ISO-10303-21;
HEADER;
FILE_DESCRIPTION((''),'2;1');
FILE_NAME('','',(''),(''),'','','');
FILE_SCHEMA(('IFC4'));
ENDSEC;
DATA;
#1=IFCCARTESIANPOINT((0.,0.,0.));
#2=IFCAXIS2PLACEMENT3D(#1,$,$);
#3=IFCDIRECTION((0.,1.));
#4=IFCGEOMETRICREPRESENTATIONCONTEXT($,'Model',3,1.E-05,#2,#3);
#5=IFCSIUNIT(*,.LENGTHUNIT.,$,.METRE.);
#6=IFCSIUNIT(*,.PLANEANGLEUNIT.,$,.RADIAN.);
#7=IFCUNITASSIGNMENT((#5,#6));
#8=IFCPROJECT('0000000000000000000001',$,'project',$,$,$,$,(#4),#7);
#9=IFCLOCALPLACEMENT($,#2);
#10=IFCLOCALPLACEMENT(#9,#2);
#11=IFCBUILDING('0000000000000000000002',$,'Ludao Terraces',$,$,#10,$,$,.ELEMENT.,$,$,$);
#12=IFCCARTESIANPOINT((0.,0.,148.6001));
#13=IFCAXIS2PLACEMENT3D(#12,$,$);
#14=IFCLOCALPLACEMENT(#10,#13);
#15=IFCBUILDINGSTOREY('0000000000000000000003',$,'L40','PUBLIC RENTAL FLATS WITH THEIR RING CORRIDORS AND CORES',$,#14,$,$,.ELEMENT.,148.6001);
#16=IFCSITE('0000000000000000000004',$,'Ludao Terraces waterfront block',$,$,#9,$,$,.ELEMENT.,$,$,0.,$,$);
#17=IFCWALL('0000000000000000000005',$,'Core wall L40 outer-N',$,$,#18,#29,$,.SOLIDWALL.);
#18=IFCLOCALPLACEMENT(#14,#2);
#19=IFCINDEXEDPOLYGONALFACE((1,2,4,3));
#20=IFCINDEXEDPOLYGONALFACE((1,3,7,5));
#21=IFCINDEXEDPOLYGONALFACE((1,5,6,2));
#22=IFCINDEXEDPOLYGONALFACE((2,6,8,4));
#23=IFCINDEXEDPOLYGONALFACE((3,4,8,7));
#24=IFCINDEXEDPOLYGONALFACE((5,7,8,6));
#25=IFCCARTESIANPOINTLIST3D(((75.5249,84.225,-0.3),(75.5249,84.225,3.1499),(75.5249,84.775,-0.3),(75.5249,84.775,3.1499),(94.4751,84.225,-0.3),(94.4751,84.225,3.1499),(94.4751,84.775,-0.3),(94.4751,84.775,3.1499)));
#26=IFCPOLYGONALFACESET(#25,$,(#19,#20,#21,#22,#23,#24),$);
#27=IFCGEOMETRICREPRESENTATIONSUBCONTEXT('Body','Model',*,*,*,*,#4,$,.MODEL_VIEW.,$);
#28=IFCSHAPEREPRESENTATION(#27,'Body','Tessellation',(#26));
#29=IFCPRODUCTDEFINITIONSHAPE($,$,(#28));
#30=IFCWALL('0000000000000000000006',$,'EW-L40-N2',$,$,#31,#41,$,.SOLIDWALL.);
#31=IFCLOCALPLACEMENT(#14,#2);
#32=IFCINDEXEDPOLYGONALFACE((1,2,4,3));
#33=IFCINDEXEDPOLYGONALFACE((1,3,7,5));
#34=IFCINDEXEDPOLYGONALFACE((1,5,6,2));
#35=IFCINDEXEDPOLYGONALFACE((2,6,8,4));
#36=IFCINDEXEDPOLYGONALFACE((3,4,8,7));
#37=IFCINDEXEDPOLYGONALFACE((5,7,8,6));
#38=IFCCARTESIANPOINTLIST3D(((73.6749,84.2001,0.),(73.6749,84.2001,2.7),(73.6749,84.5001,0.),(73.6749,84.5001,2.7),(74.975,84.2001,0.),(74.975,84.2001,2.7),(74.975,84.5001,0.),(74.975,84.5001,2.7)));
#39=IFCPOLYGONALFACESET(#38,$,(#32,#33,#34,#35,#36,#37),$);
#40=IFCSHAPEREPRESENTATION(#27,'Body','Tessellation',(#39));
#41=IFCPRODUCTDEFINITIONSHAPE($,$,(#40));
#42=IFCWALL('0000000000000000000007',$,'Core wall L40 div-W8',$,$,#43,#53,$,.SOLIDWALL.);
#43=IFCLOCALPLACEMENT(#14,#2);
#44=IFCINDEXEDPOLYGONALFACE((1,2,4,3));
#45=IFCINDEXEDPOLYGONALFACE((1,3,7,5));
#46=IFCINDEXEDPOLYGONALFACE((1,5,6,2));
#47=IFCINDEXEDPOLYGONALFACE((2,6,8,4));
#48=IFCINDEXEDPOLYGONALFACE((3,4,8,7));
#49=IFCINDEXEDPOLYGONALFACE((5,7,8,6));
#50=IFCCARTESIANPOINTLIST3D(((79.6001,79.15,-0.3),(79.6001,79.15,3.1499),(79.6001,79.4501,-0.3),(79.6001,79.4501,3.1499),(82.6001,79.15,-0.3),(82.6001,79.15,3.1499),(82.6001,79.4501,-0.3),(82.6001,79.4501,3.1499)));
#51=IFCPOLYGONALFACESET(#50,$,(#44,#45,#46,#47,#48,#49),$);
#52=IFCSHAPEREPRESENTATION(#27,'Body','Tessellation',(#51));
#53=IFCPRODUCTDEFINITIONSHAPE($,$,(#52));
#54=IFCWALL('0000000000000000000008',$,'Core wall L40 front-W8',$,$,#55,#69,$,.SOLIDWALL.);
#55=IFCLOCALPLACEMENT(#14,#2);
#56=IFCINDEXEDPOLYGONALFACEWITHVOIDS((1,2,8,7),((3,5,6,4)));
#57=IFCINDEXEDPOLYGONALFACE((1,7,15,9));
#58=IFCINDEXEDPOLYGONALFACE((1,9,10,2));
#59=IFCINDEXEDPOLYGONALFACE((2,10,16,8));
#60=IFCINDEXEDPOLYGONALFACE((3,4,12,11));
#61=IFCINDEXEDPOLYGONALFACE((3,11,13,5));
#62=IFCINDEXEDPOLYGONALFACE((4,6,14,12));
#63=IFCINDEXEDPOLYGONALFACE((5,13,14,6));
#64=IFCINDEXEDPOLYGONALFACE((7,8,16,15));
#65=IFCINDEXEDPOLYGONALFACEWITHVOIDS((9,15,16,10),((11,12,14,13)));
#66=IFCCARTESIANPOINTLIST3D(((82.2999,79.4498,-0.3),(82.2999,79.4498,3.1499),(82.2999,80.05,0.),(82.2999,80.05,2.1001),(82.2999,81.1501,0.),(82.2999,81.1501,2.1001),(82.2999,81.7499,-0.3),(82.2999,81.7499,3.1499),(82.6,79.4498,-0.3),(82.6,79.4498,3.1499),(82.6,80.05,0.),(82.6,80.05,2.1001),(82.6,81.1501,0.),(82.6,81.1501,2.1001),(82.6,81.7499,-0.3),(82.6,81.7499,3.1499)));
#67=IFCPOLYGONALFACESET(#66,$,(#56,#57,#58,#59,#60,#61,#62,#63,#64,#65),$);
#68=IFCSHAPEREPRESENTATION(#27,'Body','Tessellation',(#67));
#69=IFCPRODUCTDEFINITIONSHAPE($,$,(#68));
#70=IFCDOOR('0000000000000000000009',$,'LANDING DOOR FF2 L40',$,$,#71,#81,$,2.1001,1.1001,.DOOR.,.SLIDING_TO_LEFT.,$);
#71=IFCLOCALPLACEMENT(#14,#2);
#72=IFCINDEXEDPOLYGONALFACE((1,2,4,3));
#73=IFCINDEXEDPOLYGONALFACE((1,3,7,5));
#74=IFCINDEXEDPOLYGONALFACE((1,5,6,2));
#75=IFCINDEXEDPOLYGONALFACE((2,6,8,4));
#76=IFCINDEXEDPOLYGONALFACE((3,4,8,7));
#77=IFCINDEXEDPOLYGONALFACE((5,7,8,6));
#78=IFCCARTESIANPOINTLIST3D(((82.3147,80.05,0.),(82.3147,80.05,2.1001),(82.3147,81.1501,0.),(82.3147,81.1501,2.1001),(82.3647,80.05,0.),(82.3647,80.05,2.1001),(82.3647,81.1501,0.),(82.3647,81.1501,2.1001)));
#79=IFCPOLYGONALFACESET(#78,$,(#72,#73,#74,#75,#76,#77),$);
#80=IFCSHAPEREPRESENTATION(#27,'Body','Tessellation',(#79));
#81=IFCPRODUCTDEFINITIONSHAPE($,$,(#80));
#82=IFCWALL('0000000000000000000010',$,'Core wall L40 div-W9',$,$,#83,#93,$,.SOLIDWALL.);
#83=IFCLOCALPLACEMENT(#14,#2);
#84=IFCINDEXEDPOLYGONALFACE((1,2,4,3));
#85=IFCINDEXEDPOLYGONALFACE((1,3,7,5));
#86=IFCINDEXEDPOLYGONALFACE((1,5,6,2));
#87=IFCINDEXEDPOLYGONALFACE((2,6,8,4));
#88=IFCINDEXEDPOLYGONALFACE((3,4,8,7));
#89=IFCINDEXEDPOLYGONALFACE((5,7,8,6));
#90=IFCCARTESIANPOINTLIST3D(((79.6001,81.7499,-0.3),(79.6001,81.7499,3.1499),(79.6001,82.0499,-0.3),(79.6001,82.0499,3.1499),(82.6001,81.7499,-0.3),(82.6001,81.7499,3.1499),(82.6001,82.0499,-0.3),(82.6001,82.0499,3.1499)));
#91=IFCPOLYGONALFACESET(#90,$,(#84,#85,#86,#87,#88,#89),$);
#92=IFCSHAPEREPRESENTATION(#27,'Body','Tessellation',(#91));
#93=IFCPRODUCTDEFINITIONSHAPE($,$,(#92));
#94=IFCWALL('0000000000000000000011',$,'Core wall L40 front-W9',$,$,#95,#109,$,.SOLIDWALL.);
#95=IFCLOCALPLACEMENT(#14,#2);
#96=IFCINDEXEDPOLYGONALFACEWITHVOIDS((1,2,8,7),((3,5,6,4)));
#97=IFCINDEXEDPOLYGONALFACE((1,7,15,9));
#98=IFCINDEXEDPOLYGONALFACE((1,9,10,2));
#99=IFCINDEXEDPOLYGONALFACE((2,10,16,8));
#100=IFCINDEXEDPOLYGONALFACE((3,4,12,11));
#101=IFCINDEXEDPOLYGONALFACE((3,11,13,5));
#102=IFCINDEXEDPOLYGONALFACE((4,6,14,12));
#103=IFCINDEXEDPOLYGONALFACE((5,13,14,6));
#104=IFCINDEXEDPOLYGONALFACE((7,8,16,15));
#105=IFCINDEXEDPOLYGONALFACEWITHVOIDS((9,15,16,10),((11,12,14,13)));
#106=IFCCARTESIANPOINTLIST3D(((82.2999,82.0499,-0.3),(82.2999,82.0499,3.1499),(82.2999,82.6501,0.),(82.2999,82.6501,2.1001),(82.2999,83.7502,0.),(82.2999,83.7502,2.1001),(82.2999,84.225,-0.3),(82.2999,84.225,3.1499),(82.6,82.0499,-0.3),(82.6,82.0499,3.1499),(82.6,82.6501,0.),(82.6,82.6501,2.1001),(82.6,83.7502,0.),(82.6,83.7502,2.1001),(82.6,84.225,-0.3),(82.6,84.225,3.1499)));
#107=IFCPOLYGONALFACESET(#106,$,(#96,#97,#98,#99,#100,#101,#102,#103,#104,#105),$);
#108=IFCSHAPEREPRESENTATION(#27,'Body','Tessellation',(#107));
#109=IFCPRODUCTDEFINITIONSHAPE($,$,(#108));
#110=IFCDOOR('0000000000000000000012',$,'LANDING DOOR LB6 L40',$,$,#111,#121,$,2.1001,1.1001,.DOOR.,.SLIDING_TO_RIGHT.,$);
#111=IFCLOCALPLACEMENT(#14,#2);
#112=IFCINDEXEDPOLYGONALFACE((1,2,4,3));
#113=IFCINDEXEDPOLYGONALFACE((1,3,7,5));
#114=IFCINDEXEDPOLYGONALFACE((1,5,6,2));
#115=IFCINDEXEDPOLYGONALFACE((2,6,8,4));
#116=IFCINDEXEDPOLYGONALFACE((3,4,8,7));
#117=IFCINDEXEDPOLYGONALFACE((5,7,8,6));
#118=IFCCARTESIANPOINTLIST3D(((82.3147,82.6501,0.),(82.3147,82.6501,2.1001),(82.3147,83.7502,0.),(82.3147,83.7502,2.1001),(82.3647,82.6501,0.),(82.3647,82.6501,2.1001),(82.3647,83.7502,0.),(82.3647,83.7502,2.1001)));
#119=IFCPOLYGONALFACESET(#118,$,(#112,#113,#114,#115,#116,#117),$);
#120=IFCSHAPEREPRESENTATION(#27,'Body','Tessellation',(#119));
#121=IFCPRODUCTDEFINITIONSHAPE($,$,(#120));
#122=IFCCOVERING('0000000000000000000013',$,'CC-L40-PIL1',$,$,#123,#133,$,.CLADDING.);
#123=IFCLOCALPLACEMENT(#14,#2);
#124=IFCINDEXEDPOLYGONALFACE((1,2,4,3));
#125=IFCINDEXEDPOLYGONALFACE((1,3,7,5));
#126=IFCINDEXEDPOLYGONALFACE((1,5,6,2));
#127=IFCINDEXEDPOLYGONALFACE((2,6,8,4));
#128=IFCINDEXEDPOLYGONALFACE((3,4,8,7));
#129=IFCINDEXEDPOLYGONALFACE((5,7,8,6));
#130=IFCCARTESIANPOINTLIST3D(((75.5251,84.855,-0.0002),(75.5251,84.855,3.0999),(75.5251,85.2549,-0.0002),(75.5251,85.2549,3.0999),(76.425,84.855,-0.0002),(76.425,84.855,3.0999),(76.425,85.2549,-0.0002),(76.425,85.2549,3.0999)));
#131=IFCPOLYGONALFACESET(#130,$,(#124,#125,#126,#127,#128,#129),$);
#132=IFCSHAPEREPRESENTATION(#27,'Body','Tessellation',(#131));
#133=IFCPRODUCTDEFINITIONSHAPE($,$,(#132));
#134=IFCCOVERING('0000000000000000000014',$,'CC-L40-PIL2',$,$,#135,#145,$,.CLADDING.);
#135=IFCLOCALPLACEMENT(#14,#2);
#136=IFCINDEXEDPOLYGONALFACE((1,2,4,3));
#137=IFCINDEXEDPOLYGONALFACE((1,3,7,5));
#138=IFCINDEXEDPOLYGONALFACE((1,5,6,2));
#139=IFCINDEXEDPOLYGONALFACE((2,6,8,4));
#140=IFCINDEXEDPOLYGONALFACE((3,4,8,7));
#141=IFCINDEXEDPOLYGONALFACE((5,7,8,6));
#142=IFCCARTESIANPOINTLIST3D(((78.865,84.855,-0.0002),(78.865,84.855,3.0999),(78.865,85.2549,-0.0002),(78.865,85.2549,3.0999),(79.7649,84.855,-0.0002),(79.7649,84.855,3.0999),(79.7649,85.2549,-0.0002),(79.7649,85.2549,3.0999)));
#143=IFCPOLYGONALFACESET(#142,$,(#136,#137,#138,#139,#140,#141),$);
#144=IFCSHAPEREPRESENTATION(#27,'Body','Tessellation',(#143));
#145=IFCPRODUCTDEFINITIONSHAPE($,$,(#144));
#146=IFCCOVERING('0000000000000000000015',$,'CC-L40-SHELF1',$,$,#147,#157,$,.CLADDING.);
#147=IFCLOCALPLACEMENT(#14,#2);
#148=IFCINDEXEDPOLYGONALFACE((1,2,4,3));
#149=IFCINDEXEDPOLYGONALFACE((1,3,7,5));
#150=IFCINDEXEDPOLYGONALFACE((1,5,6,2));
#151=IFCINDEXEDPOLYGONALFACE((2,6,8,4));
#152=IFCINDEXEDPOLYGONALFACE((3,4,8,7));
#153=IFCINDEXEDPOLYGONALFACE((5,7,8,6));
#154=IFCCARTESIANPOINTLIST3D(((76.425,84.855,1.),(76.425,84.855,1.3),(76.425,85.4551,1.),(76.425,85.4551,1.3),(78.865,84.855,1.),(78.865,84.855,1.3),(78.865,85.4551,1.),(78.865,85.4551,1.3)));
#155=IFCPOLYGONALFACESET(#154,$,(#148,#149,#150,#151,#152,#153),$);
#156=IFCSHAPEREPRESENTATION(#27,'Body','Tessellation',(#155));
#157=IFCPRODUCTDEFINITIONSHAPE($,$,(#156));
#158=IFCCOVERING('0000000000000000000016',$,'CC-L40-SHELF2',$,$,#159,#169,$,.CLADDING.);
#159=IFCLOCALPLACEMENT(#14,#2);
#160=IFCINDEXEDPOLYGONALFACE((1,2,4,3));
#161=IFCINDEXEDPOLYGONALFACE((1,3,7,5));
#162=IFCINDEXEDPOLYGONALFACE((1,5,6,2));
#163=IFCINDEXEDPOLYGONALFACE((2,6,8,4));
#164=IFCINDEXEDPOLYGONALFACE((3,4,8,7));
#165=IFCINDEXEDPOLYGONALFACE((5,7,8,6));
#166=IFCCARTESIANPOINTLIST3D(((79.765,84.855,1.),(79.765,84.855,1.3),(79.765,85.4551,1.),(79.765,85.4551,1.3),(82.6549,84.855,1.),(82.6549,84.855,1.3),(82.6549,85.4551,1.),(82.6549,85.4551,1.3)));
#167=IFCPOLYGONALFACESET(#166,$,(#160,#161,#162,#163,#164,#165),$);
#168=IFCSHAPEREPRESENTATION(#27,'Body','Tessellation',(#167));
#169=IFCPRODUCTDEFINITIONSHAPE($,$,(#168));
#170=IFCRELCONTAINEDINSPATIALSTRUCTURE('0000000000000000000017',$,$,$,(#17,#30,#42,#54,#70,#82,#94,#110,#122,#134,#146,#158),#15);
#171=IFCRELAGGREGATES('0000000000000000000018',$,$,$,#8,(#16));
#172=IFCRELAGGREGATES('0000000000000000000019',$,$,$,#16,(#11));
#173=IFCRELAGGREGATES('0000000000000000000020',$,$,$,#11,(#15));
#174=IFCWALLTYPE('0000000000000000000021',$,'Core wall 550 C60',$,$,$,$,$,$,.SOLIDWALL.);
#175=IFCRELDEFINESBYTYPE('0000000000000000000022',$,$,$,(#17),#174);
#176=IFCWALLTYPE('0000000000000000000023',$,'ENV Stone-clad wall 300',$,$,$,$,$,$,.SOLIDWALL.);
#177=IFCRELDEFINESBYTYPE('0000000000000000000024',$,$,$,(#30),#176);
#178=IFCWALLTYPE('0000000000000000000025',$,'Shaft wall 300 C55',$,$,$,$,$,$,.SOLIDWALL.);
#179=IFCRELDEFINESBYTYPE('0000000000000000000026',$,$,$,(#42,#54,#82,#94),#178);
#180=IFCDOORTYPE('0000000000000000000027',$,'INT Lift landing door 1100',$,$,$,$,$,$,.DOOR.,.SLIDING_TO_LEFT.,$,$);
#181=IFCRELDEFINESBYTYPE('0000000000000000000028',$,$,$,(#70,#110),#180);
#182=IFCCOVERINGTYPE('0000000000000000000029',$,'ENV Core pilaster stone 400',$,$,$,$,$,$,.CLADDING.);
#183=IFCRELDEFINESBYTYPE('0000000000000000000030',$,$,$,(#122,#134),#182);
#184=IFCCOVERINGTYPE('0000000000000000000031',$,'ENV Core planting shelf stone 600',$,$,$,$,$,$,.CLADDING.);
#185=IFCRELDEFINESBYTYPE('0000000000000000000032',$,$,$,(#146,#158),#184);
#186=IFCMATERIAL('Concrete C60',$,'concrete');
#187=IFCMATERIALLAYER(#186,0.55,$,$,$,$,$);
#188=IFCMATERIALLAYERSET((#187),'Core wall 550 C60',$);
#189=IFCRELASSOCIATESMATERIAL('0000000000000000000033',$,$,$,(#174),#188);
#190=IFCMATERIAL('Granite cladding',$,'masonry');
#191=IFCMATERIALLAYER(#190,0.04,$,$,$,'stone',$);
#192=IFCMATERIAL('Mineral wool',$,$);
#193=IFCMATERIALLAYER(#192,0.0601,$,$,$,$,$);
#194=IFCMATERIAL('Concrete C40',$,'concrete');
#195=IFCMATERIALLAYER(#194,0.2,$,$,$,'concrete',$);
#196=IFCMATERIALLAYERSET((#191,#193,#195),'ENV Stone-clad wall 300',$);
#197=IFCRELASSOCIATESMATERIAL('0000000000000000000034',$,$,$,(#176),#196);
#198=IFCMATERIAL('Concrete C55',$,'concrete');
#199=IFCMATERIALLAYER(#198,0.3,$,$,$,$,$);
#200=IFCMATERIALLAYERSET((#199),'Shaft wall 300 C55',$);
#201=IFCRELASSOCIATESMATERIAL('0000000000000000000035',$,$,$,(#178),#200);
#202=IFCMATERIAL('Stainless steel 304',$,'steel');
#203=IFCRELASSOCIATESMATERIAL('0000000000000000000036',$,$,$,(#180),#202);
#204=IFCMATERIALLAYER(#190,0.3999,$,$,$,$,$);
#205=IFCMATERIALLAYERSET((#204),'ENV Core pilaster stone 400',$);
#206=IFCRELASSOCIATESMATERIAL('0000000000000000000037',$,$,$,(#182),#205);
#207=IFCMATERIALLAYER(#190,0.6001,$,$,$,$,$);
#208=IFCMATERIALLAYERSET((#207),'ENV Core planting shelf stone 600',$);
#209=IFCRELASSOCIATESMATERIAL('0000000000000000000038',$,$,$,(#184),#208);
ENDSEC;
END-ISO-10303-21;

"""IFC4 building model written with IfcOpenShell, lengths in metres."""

from ifc_helpers import new_model, si_unit, direction, frame, frame_2d, origin, origin_2d, place, context, subcontext, project, spatial, rectangle, extrude, material, layer, layer_set, type_object, element, fill, save


model = new_model("IFC4")

# Units and contexts
model_context = context("Model", 3, precision=1e-05, world=origin(), true_north=direction((0.0, 1.0)))
body_context = subcontext(model_context, "Body", "Model", "MODEL_VIEW")
ifc_project = project(units=[si_unit("LENGTHUNIT", "METRE"), si_unit("PLANEANGLEUNIT", "RADIAN")], contexts=[model_context])

# Site, building, storey
site_placement = place(None, origin())
site = spatial("IfcSite", under=ifc_project, at=site_placement, Name="Ludao Terraces waterfront block", CompositionType="ELEMENT", RefElevation=0.0)
building_placement = place(site_placement, origin())
building = spatial("IfcBuilding", under=site, at=building_placement, Name="Ludao Terraces", CompositionType="ELEMENT")
storey_placement = place(building_placement, frame((0.0, 0.0, 148.6001)))
storey = spatial("IfcBuildingStorey", under=building, at=storey_placement, Name="L40", Description="PUBLIC RENTAL FLATS WITH THEIR RING CORRIDORS AND CORES", CompositionType="ELEMENT", Elevation=148.6001)

# Walls
ifc_material_1 = material(Name="Concrete C60", Category="concrete")
ifc_layer_1 = layer(ifc_material_1, 0.55)
ifc_layer_set_1 = layer_set([ifc_layer_1], Name="Core wall 550 C60")
wall_type_1 = type_object("IfcWallType", Name="Core wall 550 C60", PredefinedType="SOLIDWALL", material=ifc_layer_set_1)
wall_1_placement = place(storey_placement, frame((75.5249, 84.5, -0.3), z_axis=(0.0, 0.0, 1.0), x_axis=(1.0, 0.0, 0.0)))
element("IfcWall", 1, at=wall_1_placement, inside=storey, type_object=wall_type_1, Name="Core wall L40 outer-N", PredefinedType="SOLIDWALL", context=body_context, shape_type="SweptSolid", body=[
    extrude(rectangle(XDim=18.9502, YDim=0.55, at=frame_2d((9.4751, 0.0))), origin(), (0.0, 0.0, 1.0), 3.45),
])
ifc_material_2 = material(Name="Granite cladding", Category="masonry")
ifc_layer_2 = layer(ifc_material_2, 0.04, Category="stone")
ifc_material_3 = material(Name="Mineral wool")
ifc_layer_3 = layer(ifc_material_3, 0.0601)
ifc_material_4 = material(Name="Concrete C40", Category="concrete")
ifc_layer_4 = layer(ifc_material_4, 0.2, Category="concrete")
ifc_layer_set_2 = layer_set([ifc_layer_2, ifc_layer_3, ifc_layer_4], Name="ENV Stone-clad wall 300")
wall_type_2 = type_object("IfcWallType", Name="ENV Stone-clad wall 300", PredefinedType="SOLIDWALL", material=ifc_layer_set_2)
wall_2_placement = place(storey_placement, frame((73.675, 84.3501, 0.0), z_axis=(0.0, 0.0, 1.0), x_axis=(1.0, 0.0, 0.0)))
element("IfcWall", 2, at=wall_2_placement, inside=storey, type_object=wall_type_2, Name="EW-L40-N2", PredefinedType="SOLIDWALL", context=body_context, shape_type="SweptSolid", body=[
    extrude(rectangle(XDim=1.3, YDim=0.3, at=frame_2d((0.6499, 0.0))), origin(), (0.0, 0.0, 1.0), 2.7),
])
ifc_material_5 = material(Name="Concrete C55", Category="concrete")
ifc_layer_5 = layer(ifc_material_5, 0.3)
ifc_layer_set_3 = layer_set([ifc_layer_5], Name="Shaft wall 300 C55")
wall_type_3 = type_object("IfcWallType", Name="Shaft wall 300 C55", PredefinedType="SOLIDWALL", material=ifc_layer_set_3)
wall_3_placement = place(storey_placement, frame((79.6001, 79.3, -0.3), z_axis=(0.0, 0.0, 1.0), x_axis=(1.0, 0.0, 0.0)))
element("IfcWall", 3, at=wall_3_placement, inside=storey, type_object=wall_type_3, Name="Core wall L40 div-W8", PredefinedType="SOLIDWALL", context=body_context, shape_type="SweptSolid", body=[
    extrude(rectangle(XDim=3.0, YDim=0.3, at=frame_2d((1.5, 0.0))), origin(), (0.0, 0.0, 1.0), 3.45),
])

# Wall, opening, door
wall_4_placement = place(storey_placement, frame((82.45, 79.45, -0.3), z_axis=(0.0, 0.0, 1.0), x_axis=(0.0, 1.0, 0.0)))
wall_4 = element("IfcWall", 4, at=wall_4_placement, inside=storey, type_object=wall_type_3, Name="Core wall L40 front-W8", PredefinedType="SOLIDWALL", context=body_context, shape_type="SweptSolid", body=[
    extrude(rectangle(XDim=2.3, YDim=0.3, at=frame_2d((1.1499, 0.0))), origin(), (0.0, 0.0, 1.0), 3.45),
])
opening_1_placement = place(wall_4_placement, frame((0.6001, 0.0, 0.3)))
opening_1 = element("IfcOpeningElement", 5, at=opening_1_placement, cuts=wall_4, PredefinedType="OPENING", context=body_context, shape_type="SweptSolid", body=[
    extrude(rectangle(XDim=1.1001, YDim=2.1001, at=frame_2d((0.55, 1.05))), frame((0.0, 0.1602, 0.0), z_axis=(0.0, -1.0, 0.0), x_axis=(1.0, 0.0, 0.0)), (0.0, 0.0, 1.0), 0.3201),
])
ifc_material_6 = material(Name="Stainless steel 304", Category="steel")
door_type = type_object("IfcDoorType", Name="INT Lift landing door 1100", OperationType="SLIDING_TO_LEFT", PredefinedType="DOOR", material=ifc_material_6)
door_1_placement = place(opening_1_placement, origin())
door_1 = element("IfcDoor", 6, at=door_1_placement, inside=storey, type_object=door_type, Name="LANDING DOOR FF2 L40", OperationType="SLIDING_TO_LEFT", OverallHeight=2.1001, OverallWidth=1.1001, PredefinedType="DOOR", context=body_context, shape_type="SweptSolid", body=[
    extrude(rectangle(XDim=1.1001, YDim=2.1001, at=frame_2d((0.55, 1.05))), frame((0.0, 0.1353, 0.0), z_axis=(0.0, -1.0, 0.0), x_axis=(1.0, 0.0, 0.0)), (0.0, 0.0, 1.0), 0.05),
])
fill(opening_1, door_1)

# Wall
wall_5_placement = place(storey_placement, frame((79.6001, 81.8999, -0.3), z_axis=(0.0, 0.0, 1.0), x_axis=(1.0, 0.0, 0.0)))
element("IfcWall", 7, at=wall_5_placement, inside=storey, type_object=wall_type_3, Name="Core wall L40 div-W9", PredefinedType="SOLIDWALL", context=body_context, shape_type="SweptSolid", body=[
    extrude(rectangle(XDim=3.0, YDim=0.3, at=frame_2d((1.5, 0.0))), origin(), (0.0, 0.0, 1.0), 3.45),
])

# Wall, opening, door
wall_6_placement = place(storey_placement, frame((82.45, 82.05, -0.3), z_axis=(0.0, 0.0, 1.0), x_axis=(0.0, 1.0, 0.0)))
wall_6 = element("IfcWall", 8, at=wall_6_placement, inside=storey, type_object=wall_type_3, Name="Core wall L40 front-W9", PredefinedType="SOLIDWALL", context=body_context, shape_type="SweptSolid", body=[
    extrude(rectangle(XDim=2.175, YDim=0.3, at=frame_2d((1.0874, 0.0))), origin(), (0.0, 0.0, 1.0), 3.45),
])
opening_2_placement = place(wall_6_placement, frame((0.6001, 0.0, 0.3)))
opening_2 = element("IfcOpeningElement", 9, at=opening_2_placement, cuts=wall_6, PredefinedType="OPENING", context=body_context, shape_type="SweptSolid", body=[
    extrude(rectangle(XDim=1.1001, YDim=2.1001, at=frame_2d((0.55, 1.05))), frame((0.0, 0.1602, 0.0), z_axis=(0.0, -1.0, 0.0), x_axis=(1.0, 0.0, 0.0)), (0.0, 0.0, 1.0), 0.3201),
])
door_2_placement = place(opening_2_placement, origin())
door_2 = element("IfcDoor", 10, at=door_2_placement, inside=storey, type_object=door_type, Name="LANDING DOOR LB6 L40", OperationType="SLIDING_TO_RIGHT", OverallHeight=2.1001, OverallWidth=1.1001, PredefinedType="DOOR", context=body_context, shape_type="SweptSolid", body=[
    extrude(rectangle(XDim=1.1001, YDim=2.1001, at=frame_2d((0.55, 1.05))), frame((0.0, 0.1353, 0.0), z_axis=(0.0, -1.0, 0.0), x_axis=(1.0, 0.0, 0.0)), (0.0, 0.0, 1.0), 0.05),
])
fill(opening_2, door_2)

# Coverings
ifc_layer_6 = layer(ifc_material_2, 0.3999)
ifc_layer_set_4 = layer_set([ifc_layer_6], Name="ENV Core pilaster stone 400")
covering_type_1 = type_object("IfcCoveringType", Name="ENV Core pilaster stone 400", PredefinedType="CLADDING", material=ifc_layer_set_4)
for number, where, z_axis, x_axis, name in (
    (11, (75.9751, 85.0549, -0.0002), (0.0, 0.0, 1.0), (1.0, 0.0, 0.0), "CC-L40-PIL1"),
    (12, (79.3149, 85.0549, -0.0002), (0.0, 0.0, 1.0), (1.0, 0.0, 0.0), "CC-L40-PIL2"),
):
    element("IfcCovering", number, at=place(storey_placement, frame(where, z_axis=z_axis, x_axis=x_axis)), inside=storey, type_object=covering_type_1, Name=name, PredefinedType="CLADDING", context=body_context, shape_type="SweptSolid", body=[
        extrude(rectangle(XDim=0.8999, YDim=0.3999, at=origin_2d()), origin(), (0.0, 0.0, 1.0), 3.1001),
    ])
ifc_layer_7 = layer(ifc_material_2, 0.6001)
ifc_layer_set_5 = layer_set([ifc_layer_7], Name="ENV Core planting shelf stone 600")
covering_type_2 = type_object("IfcCoveringType", Name="ENV Core planting shelf stone 600", PredefinedType="CLADDING", material=ifc_layer_set_5)
covering_1_placement = place(storey_placement, frame((77.645, 85.155, 1.0), z_axis=(0.0, 0.0, 1.0), x_axis=(1.0, 0.0, 0.0)))
element("IfcCovering", 13, at=covering_1_placement, inside=storey, type_object=covering_type_2, Name="CC-L40-SHELF1", PredefinedType="CLADDING", context=body_context, shape_type="SweptSolid", body=[
    extrude(rectangle(XDim=2.4399, YDim=0.6001, at=origin_2d()), origin(), (0.0, 0.0, 1.0), 0.3),
])
covering_2_placement = place(storey_placement, frame((81.21, 85.155, 1.0), z_axis=(0.0, 0.0, 1.0), x_axis=(1.0, 0.0, 0.0)))
element("IfcCovering", 14, at=covering_2_placement, inside=storey, type_object=covering_type_2, Name="CC-L40-SHELF2", PredefinedType="CLADDING", context=body_context, shape_type="SweptSolid", body=[
    extrude(rectangle(XDim=2.8899, YDim=0.6001, at=origin_2d()), origin(), (0.0, 0.0, 1.0), 0.3),
])

save(model, "model.ifc")
